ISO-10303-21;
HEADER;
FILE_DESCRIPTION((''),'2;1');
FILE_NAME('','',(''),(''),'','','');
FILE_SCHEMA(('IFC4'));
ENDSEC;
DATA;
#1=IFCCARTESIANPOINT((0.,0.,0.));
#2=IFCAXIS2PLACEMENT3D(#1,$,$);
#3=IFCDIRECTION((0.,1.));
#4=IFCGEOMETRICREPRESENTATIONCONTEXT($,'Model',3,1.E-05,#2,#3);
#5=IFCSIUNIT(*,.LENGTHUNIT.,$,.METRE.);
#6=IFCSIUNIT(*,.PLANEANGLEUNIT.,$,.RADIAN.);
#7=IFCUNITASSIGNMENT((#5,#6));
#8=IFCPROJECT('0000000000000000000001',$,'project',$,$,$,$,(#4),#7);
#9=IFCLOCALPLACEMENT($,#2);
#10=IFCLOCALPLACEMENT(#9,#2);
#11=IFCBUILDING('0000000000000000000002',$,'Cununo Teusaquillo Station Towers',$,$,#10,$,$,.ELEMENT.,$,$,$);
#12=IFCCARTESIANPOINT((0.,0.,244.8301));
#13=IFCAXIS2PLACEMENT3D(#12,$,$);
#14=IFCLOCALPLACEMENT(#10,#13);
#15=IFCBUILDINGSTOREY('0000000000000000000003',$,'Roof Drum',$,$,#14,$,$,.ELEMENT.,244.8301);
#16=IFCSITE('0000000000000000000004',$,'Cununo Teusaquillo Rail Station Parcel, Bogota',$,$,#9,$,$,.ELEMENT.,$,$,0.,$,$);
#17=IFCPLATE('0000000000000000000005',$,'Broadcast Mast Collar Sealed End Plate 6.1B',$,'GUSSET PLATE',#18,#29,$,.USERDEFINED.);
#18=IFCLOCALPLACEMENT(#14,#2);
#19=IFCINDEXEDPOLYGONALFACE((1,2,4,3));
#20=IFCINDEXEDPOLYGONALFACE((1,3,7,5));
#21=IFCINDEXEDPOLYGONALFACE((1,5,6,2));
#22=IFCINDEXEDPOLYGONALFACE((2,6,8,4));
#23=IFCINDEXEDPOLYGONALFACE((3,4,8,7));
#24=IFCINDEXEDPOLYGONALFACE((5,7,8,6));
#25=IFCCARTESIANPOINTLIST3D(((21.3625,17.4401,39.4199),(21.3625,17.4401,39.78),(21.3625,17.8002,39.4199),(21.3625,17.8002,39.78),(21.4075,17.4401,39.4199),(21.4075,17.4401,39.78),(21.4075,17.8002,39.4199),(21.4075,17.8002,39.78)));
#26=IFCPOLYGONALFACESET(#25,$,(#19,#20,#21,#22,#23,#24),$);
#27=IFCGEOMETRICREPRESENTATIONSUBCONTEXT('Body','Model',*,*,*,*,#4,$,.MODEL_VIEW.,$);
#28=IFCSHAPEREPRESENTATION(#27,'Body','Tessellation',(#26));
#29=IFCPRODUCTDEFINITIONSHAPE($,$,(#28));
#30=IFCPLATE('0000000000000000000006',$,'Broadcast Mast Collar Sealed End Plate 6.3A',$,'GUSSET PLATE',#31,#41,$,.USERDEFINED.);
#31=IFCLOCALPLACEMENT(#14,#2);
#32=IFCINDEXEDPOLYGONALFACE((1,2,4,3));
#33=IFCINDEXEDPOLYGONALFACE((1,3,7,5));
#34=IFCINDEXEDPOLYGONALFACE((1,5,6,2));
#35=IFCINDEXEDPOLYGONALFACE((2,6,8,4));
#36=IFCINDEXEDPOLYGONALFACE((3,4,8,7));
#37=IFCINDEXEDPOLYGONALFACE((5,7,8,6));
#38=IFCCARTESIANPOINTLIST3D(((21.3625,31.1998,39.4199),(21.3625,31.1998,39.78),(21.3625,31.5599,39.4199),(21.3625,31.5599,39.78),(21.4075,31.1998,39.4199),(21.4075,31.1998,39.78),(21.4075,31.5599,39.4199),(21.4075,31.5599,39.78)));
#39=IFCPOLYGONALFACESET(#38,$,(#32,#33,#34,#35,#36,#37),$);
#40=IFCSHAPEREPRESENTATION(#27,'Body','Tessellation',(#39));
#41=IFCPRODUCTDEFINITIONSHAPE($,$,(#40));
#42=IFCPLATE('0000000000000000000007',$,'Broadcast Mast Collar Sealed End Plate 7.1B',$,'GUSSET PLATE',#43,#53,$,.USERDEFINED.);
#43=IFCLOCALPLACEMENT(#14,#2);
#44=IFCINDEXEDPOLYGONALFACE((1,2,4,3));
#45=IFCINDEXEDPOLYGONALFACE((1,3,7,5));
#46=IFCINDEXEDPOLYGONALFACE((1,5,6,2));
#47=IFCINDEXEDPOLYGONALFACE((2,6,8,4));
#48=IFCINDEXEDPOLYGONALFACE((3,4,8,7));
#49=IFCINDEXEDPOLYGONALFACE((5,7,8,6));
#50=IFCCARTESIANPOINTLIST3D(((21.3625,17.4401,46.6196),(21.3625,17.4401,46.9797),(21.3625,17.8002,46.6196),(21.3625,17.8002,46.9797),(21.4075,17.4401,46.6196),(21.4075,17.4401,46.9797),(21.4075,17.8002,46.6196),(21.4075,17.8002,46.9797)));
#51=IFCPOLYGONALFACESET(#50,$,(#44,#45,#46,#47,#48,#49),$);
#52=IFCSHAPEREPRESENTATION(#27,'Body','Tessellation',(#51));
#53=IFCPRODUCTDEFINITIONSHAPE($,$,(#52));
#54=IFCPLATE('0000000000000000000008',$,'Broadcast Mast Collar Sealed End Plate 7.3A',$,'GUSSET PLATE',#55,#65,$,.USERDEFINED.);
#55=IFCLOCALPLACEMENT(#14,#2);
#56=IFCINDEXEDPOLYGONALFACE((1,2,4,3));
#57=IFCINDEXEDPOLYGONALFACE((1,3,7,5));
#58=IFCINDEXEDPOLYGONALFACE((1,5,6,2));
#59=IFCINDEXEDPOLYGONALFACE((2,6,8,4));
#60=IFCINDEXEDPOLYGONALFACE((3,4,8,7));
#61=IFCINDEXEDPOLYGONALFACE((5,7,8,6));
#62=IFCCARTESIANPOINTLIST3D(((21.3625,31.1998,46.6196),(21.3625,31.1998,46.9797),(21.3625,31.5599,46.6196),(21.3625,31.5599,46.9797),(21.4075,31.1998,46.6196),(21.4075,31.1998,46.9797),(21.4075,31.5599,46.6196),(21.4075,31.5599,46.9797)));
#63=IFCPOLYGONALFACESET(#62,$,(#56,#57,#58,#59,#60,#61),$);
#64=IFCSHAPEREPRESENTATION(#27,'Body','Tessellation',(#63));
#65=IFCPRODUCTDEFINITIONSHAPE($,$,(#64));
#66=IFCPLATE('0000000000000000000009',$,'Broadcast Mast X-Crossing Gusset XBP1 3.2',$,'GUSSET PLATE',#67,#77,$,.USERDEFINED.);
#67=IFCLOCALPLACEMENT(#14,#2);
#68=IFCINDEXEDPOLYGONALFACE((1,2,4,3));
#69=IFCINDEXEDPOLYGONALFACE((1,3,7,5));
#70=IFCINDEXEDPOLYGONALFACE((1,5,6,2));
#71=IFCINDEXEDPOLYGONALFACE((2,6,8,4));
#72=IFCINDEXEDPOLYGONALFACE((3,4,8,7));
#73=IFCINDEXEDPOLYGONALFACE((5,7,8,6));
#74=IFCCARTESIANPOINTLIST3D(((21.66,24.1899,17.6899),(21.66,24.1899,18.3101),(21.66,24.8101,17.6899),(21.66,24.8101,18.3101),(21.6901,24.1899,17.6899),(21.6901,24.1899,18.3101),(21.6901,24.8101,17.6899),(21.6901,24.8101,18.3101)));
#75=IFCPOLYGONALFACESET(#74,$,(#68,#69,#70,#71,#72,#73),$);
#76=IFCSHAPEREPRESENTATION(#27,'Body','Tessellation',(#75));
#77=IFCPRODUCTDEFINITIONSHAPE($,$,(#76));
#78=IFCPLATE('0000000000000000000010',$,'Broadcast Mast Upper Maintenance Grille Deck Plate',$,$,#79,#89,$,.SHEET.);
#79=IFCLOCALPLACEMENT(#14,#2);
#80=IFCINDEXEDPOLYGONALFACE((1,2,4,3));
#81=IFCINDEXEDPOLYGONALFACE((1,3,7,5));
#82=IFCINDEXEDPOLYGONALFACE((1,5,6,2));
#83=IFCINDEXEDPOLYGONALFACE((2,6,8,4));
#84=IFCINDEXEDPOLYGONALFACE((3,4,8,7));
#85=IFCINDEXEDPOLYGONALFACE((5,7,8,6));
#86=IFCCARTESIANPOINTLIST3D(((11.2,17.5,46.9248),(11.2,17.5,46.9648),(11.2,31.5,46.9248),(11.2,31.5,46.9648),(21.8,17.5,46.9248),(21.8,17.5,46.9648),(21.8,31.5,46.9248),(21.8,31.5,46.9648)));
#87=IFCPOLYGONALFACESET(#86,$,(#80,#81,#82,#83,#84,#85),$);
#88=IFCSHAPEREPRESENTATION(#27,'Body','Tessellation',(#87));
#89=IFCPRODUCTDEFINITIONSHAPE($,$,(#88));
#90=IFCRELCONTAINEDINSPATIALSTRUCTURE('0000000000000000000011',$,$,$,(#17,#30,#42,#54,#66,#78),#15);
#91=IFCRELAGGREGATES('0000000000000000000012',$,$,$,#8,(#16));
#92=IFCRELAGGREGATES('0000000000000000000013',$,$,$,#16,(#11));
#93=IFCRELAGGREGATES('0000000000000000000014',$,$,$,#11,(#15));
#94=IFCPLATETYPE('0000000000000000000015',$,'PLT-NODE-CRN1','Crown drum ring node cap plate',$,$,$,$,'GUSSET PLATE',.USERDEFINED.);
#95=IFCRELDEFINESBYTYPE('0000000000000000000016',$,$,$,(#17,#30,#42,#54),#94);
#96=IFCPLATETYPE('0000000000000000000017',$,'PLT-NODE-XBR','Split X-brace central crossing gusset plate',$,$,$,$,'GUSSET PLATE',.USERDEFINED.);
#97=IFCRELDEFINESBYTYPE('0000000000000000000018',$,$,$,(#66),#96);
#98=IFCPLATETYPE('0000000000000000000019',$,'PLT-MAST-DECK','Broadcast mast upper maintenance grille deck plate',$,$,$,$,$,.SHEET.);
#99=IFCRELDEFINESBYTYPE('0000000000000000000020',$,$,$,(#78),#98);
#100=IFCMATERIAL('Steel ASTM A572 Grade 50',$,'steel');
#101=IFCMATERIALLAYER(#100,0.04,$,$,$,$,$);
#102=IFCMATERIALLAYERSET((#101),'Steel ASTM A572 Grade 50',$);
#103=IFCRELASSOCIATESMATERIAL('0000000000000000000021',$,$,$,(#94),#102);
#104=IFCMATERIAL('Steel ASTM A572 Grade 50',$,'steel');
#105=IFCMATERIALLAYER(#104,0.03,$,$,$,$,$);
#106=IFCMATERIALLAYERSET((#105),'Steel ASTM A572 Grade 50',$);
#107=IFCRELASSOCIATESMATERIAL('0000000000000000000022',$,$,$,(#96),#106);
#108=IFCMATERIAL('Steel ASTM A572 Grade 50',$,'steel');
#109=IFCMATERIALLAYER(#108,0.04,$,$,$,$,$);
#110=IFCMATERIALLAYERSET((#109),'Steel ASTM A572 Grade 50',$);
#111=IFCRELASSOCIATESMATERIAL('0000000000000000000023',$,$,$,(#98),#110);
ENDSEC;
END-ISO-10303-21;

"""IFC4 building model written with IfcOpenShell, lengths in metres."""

from ifc_helpers import new_model, si_unit, direction, frame, origin, origin_2d, place, context, subcontext, project, spatial, rectangle, extrude, source, transform, mapped, material, layer, layer_set, type_object, element, save


model = new_model("IFC4")

# Units and contexts
model_context = context("Model", 3, precision=1e-05, world=origin(), true_north=direction((0.0, 1.0)))
body_context = subcontext(model_context, "Body", "Model", "MODEL_VIEW")
ifc_project = project(units=[si_unit("LENGTHUNIT", "METRE"), si_unit("PLANEANGLEUNIT", "RADIAN")], contexts=[model_context])

# Site, building, storey
site_placement = place(None, origin())
site = spatial("IfcSite", under=ifc_project, at=site_placement, Name="Cununo Teusaquillo Rail Station Parcel, Bogota", CompositionType="ELEMENT", RefElevation=0.0)
building_placement = place(site_placement, origin())
building = spatial("IfcBuilding", under=site, at=building_placement, Name="Cununo Teusaquillo Station Towers", CompositionType="ELEMENT")
storey_placement = place(building_placement, frame((0.0, 0.0, 244.8301)))
storey = spatial("IfcBuildingStorey", under=building, at=storey_placement, Name="Roof Drum", CompositionType="ELEMENT", Elevation=244.8301)

# Plates
ifc_material_1 = material(Name="Steel ASTM A572 Grade 50", Category="steel")
ifc_layer_1 = layer(ifc_material_1, 0.04)
ifc_layer_set_1 = layer_set([ifc_layer_1], Name="Steel ASTM A572 Grade 50")
plate_type_1 = type_object("IfcPlateType", Name="PLT-NODE-CRN1", Description="Crown drum ring node cap plate", ElementType="GUSSET PLATE", PredefinedType="USERDEFINED", material=ifc_layer_set_1)
shared_shape_1 = source(origin(), body_context, "Body", "SweptSolid", [
    extrude(rectangle(XDim=0.0449, YDim=0.3601, at=origin_2d()), origin(), (0.0, 0.0, 1.0), 0.3601),
])
for number, where, z_axis, x_axis, name in (
    (1, (21.385, 17.6201, 39.4199), (0.0, 0.0, 1.0), (1.0, 0.0, 0.0), "Broadcast Mast Collar Sealed End Plate 6.1B"),
    (2, (21.385, 31.3799, 39.4199), (0.0, 0.0, 1.0), (-1.0, 0.0, 0.0), "Broadcast Mast Collar Sealed End Plate 6.3A"),
    (3, (21.385, 17.6201, 46.6196), (0.0, 0.0, 1.0), (1.0, 0.0, 0.0), "Broadcast Mast Collar Sealed End Plate 7.1B"),
    (4, (21.385, 31.3799, 46.6196), (0.0, 0.0, 1.0), (-1.0, 0.0, 0.0), "Broadcast Mast Collar Sealed End Plate 7.3A"),
):
    element("IfcPlate", number, at=place(storey_placement, frame(where, z_axis=z_axis, x_axis=x_axis)), inside=storey, type_object=plate_type_1, Name=name, ObjectType="GUSSET PLATE", PredefinedType="USERDEFINED", context=body_context, shape_type="MappedRepresentation", body=[
        mapped(shared_shape_1, transform((0.0, 0.0, 0.0), x_axis=(1.0, 0.0, 0.0), y_axis=(0.0, 1.0, 0.0), z_axis=(0.0, 0.0, 1.0), scale=1.0)),
    ])
ifc_material_2 = material(Name="Steel ASTM A572 Grade 50", Category="steel")
ifc_layer_2 = layer(ifc_material_2, 0.03)
ifc_layer_set_2 = layer_set([ifc_layer_2], Name="Steel ASTM A572 Grade 50")
plate_type_2 = type_object("IfcPlateType", Name="PLT-NODE-XBR", Description="Split X-brace central crossing gusset plate", ElementType="GUSSET PLATE", PredefinedType="USERDEFINED", material=ifc_layer_set_2)
shared_shape_2 = source(origin(), body_context, "Body", "SweptSolid", [
    extrude(rectangle(XDim=0.6201, YDim=0.03, at=origin_2d()), origin(), (0.0, 0.0, 1.0), 0.6201),
])
plate_1_placement = place(storey_placement, frame((21.675, 24.5, 17.6899), z_axis=(0.0, 0.0, 1.0), x_axis=(0.0, 1.0, 0.0)))
element("IfcPlate", 5, at=plate_1_placement, inside=storey, type_object=plate_type_2, Name="Broadcast Mast X-Crossing Gusset XBP1 3.2", ObjectType="GUSSET PLATE", PredefinedType="USERDEFINED", context=body_context, shape_type="MappedRepresentation", body=[
    mapped(shared_shape_2, transform((0.0, 0.0, 0.0), x_axis=(1.0, 0.0, 0.0), y_axis=(0.0, 1.0, 0.0), z_axis=(0.0, 0.0, 1.0), scale=1.0)),
])
ifc_material_3 = material(Name="Steel ASTM A572 Grade 50", Category="steel")
ifc_layer_3 = layer(ifc_material_3, 0.04)
ifc_layer_set_3 = layer_set([ifc_layer_3], Name="Steel ASTM A572 Grade 50")
plate_type_3 = type_object("IfcPlateType", Name="PLT-MAST-DECK", Description="Broadcast mast upper maintenance grille deck plate", PredefinedType="SHEET", material=ifc_layer_set_3)
shared_shape_3 = source(origin(), body_context, "Body", "SweptSolid", [
    extrude(rectangle(XDim=10.6001, YDim=14.0, at=origin_2d()), origin(), (0.0, 0.0, 1.0), 0.04),
])
plate_2_placement = place(storey_placement, frame((16.5, 24.5, 46.9248), z_axis=(0.0, 0.0, 1.0), x_axis=(1.0, 0.0, 0.0)))
element("IfcPlate", 6, at=plate_2_placement, inside=storey, type_object=plate_type_3, Name="Broadcast Mast Upper Maintenance Grille Deck Plate", PredefinedType="SHEET", context=body_context, shape_type="MappedRepresentation", body=[
    mapped(shared_shape_3, transform((0.0, 0.0, 0.0), x_axis=(1.0, 0.0, 0.0), y_axis=(0.0, 1.0, 0.0), z_axis=(0.0, 0.0, 1.0), scale=1.0)),
])

save(model, "model.ifc")
